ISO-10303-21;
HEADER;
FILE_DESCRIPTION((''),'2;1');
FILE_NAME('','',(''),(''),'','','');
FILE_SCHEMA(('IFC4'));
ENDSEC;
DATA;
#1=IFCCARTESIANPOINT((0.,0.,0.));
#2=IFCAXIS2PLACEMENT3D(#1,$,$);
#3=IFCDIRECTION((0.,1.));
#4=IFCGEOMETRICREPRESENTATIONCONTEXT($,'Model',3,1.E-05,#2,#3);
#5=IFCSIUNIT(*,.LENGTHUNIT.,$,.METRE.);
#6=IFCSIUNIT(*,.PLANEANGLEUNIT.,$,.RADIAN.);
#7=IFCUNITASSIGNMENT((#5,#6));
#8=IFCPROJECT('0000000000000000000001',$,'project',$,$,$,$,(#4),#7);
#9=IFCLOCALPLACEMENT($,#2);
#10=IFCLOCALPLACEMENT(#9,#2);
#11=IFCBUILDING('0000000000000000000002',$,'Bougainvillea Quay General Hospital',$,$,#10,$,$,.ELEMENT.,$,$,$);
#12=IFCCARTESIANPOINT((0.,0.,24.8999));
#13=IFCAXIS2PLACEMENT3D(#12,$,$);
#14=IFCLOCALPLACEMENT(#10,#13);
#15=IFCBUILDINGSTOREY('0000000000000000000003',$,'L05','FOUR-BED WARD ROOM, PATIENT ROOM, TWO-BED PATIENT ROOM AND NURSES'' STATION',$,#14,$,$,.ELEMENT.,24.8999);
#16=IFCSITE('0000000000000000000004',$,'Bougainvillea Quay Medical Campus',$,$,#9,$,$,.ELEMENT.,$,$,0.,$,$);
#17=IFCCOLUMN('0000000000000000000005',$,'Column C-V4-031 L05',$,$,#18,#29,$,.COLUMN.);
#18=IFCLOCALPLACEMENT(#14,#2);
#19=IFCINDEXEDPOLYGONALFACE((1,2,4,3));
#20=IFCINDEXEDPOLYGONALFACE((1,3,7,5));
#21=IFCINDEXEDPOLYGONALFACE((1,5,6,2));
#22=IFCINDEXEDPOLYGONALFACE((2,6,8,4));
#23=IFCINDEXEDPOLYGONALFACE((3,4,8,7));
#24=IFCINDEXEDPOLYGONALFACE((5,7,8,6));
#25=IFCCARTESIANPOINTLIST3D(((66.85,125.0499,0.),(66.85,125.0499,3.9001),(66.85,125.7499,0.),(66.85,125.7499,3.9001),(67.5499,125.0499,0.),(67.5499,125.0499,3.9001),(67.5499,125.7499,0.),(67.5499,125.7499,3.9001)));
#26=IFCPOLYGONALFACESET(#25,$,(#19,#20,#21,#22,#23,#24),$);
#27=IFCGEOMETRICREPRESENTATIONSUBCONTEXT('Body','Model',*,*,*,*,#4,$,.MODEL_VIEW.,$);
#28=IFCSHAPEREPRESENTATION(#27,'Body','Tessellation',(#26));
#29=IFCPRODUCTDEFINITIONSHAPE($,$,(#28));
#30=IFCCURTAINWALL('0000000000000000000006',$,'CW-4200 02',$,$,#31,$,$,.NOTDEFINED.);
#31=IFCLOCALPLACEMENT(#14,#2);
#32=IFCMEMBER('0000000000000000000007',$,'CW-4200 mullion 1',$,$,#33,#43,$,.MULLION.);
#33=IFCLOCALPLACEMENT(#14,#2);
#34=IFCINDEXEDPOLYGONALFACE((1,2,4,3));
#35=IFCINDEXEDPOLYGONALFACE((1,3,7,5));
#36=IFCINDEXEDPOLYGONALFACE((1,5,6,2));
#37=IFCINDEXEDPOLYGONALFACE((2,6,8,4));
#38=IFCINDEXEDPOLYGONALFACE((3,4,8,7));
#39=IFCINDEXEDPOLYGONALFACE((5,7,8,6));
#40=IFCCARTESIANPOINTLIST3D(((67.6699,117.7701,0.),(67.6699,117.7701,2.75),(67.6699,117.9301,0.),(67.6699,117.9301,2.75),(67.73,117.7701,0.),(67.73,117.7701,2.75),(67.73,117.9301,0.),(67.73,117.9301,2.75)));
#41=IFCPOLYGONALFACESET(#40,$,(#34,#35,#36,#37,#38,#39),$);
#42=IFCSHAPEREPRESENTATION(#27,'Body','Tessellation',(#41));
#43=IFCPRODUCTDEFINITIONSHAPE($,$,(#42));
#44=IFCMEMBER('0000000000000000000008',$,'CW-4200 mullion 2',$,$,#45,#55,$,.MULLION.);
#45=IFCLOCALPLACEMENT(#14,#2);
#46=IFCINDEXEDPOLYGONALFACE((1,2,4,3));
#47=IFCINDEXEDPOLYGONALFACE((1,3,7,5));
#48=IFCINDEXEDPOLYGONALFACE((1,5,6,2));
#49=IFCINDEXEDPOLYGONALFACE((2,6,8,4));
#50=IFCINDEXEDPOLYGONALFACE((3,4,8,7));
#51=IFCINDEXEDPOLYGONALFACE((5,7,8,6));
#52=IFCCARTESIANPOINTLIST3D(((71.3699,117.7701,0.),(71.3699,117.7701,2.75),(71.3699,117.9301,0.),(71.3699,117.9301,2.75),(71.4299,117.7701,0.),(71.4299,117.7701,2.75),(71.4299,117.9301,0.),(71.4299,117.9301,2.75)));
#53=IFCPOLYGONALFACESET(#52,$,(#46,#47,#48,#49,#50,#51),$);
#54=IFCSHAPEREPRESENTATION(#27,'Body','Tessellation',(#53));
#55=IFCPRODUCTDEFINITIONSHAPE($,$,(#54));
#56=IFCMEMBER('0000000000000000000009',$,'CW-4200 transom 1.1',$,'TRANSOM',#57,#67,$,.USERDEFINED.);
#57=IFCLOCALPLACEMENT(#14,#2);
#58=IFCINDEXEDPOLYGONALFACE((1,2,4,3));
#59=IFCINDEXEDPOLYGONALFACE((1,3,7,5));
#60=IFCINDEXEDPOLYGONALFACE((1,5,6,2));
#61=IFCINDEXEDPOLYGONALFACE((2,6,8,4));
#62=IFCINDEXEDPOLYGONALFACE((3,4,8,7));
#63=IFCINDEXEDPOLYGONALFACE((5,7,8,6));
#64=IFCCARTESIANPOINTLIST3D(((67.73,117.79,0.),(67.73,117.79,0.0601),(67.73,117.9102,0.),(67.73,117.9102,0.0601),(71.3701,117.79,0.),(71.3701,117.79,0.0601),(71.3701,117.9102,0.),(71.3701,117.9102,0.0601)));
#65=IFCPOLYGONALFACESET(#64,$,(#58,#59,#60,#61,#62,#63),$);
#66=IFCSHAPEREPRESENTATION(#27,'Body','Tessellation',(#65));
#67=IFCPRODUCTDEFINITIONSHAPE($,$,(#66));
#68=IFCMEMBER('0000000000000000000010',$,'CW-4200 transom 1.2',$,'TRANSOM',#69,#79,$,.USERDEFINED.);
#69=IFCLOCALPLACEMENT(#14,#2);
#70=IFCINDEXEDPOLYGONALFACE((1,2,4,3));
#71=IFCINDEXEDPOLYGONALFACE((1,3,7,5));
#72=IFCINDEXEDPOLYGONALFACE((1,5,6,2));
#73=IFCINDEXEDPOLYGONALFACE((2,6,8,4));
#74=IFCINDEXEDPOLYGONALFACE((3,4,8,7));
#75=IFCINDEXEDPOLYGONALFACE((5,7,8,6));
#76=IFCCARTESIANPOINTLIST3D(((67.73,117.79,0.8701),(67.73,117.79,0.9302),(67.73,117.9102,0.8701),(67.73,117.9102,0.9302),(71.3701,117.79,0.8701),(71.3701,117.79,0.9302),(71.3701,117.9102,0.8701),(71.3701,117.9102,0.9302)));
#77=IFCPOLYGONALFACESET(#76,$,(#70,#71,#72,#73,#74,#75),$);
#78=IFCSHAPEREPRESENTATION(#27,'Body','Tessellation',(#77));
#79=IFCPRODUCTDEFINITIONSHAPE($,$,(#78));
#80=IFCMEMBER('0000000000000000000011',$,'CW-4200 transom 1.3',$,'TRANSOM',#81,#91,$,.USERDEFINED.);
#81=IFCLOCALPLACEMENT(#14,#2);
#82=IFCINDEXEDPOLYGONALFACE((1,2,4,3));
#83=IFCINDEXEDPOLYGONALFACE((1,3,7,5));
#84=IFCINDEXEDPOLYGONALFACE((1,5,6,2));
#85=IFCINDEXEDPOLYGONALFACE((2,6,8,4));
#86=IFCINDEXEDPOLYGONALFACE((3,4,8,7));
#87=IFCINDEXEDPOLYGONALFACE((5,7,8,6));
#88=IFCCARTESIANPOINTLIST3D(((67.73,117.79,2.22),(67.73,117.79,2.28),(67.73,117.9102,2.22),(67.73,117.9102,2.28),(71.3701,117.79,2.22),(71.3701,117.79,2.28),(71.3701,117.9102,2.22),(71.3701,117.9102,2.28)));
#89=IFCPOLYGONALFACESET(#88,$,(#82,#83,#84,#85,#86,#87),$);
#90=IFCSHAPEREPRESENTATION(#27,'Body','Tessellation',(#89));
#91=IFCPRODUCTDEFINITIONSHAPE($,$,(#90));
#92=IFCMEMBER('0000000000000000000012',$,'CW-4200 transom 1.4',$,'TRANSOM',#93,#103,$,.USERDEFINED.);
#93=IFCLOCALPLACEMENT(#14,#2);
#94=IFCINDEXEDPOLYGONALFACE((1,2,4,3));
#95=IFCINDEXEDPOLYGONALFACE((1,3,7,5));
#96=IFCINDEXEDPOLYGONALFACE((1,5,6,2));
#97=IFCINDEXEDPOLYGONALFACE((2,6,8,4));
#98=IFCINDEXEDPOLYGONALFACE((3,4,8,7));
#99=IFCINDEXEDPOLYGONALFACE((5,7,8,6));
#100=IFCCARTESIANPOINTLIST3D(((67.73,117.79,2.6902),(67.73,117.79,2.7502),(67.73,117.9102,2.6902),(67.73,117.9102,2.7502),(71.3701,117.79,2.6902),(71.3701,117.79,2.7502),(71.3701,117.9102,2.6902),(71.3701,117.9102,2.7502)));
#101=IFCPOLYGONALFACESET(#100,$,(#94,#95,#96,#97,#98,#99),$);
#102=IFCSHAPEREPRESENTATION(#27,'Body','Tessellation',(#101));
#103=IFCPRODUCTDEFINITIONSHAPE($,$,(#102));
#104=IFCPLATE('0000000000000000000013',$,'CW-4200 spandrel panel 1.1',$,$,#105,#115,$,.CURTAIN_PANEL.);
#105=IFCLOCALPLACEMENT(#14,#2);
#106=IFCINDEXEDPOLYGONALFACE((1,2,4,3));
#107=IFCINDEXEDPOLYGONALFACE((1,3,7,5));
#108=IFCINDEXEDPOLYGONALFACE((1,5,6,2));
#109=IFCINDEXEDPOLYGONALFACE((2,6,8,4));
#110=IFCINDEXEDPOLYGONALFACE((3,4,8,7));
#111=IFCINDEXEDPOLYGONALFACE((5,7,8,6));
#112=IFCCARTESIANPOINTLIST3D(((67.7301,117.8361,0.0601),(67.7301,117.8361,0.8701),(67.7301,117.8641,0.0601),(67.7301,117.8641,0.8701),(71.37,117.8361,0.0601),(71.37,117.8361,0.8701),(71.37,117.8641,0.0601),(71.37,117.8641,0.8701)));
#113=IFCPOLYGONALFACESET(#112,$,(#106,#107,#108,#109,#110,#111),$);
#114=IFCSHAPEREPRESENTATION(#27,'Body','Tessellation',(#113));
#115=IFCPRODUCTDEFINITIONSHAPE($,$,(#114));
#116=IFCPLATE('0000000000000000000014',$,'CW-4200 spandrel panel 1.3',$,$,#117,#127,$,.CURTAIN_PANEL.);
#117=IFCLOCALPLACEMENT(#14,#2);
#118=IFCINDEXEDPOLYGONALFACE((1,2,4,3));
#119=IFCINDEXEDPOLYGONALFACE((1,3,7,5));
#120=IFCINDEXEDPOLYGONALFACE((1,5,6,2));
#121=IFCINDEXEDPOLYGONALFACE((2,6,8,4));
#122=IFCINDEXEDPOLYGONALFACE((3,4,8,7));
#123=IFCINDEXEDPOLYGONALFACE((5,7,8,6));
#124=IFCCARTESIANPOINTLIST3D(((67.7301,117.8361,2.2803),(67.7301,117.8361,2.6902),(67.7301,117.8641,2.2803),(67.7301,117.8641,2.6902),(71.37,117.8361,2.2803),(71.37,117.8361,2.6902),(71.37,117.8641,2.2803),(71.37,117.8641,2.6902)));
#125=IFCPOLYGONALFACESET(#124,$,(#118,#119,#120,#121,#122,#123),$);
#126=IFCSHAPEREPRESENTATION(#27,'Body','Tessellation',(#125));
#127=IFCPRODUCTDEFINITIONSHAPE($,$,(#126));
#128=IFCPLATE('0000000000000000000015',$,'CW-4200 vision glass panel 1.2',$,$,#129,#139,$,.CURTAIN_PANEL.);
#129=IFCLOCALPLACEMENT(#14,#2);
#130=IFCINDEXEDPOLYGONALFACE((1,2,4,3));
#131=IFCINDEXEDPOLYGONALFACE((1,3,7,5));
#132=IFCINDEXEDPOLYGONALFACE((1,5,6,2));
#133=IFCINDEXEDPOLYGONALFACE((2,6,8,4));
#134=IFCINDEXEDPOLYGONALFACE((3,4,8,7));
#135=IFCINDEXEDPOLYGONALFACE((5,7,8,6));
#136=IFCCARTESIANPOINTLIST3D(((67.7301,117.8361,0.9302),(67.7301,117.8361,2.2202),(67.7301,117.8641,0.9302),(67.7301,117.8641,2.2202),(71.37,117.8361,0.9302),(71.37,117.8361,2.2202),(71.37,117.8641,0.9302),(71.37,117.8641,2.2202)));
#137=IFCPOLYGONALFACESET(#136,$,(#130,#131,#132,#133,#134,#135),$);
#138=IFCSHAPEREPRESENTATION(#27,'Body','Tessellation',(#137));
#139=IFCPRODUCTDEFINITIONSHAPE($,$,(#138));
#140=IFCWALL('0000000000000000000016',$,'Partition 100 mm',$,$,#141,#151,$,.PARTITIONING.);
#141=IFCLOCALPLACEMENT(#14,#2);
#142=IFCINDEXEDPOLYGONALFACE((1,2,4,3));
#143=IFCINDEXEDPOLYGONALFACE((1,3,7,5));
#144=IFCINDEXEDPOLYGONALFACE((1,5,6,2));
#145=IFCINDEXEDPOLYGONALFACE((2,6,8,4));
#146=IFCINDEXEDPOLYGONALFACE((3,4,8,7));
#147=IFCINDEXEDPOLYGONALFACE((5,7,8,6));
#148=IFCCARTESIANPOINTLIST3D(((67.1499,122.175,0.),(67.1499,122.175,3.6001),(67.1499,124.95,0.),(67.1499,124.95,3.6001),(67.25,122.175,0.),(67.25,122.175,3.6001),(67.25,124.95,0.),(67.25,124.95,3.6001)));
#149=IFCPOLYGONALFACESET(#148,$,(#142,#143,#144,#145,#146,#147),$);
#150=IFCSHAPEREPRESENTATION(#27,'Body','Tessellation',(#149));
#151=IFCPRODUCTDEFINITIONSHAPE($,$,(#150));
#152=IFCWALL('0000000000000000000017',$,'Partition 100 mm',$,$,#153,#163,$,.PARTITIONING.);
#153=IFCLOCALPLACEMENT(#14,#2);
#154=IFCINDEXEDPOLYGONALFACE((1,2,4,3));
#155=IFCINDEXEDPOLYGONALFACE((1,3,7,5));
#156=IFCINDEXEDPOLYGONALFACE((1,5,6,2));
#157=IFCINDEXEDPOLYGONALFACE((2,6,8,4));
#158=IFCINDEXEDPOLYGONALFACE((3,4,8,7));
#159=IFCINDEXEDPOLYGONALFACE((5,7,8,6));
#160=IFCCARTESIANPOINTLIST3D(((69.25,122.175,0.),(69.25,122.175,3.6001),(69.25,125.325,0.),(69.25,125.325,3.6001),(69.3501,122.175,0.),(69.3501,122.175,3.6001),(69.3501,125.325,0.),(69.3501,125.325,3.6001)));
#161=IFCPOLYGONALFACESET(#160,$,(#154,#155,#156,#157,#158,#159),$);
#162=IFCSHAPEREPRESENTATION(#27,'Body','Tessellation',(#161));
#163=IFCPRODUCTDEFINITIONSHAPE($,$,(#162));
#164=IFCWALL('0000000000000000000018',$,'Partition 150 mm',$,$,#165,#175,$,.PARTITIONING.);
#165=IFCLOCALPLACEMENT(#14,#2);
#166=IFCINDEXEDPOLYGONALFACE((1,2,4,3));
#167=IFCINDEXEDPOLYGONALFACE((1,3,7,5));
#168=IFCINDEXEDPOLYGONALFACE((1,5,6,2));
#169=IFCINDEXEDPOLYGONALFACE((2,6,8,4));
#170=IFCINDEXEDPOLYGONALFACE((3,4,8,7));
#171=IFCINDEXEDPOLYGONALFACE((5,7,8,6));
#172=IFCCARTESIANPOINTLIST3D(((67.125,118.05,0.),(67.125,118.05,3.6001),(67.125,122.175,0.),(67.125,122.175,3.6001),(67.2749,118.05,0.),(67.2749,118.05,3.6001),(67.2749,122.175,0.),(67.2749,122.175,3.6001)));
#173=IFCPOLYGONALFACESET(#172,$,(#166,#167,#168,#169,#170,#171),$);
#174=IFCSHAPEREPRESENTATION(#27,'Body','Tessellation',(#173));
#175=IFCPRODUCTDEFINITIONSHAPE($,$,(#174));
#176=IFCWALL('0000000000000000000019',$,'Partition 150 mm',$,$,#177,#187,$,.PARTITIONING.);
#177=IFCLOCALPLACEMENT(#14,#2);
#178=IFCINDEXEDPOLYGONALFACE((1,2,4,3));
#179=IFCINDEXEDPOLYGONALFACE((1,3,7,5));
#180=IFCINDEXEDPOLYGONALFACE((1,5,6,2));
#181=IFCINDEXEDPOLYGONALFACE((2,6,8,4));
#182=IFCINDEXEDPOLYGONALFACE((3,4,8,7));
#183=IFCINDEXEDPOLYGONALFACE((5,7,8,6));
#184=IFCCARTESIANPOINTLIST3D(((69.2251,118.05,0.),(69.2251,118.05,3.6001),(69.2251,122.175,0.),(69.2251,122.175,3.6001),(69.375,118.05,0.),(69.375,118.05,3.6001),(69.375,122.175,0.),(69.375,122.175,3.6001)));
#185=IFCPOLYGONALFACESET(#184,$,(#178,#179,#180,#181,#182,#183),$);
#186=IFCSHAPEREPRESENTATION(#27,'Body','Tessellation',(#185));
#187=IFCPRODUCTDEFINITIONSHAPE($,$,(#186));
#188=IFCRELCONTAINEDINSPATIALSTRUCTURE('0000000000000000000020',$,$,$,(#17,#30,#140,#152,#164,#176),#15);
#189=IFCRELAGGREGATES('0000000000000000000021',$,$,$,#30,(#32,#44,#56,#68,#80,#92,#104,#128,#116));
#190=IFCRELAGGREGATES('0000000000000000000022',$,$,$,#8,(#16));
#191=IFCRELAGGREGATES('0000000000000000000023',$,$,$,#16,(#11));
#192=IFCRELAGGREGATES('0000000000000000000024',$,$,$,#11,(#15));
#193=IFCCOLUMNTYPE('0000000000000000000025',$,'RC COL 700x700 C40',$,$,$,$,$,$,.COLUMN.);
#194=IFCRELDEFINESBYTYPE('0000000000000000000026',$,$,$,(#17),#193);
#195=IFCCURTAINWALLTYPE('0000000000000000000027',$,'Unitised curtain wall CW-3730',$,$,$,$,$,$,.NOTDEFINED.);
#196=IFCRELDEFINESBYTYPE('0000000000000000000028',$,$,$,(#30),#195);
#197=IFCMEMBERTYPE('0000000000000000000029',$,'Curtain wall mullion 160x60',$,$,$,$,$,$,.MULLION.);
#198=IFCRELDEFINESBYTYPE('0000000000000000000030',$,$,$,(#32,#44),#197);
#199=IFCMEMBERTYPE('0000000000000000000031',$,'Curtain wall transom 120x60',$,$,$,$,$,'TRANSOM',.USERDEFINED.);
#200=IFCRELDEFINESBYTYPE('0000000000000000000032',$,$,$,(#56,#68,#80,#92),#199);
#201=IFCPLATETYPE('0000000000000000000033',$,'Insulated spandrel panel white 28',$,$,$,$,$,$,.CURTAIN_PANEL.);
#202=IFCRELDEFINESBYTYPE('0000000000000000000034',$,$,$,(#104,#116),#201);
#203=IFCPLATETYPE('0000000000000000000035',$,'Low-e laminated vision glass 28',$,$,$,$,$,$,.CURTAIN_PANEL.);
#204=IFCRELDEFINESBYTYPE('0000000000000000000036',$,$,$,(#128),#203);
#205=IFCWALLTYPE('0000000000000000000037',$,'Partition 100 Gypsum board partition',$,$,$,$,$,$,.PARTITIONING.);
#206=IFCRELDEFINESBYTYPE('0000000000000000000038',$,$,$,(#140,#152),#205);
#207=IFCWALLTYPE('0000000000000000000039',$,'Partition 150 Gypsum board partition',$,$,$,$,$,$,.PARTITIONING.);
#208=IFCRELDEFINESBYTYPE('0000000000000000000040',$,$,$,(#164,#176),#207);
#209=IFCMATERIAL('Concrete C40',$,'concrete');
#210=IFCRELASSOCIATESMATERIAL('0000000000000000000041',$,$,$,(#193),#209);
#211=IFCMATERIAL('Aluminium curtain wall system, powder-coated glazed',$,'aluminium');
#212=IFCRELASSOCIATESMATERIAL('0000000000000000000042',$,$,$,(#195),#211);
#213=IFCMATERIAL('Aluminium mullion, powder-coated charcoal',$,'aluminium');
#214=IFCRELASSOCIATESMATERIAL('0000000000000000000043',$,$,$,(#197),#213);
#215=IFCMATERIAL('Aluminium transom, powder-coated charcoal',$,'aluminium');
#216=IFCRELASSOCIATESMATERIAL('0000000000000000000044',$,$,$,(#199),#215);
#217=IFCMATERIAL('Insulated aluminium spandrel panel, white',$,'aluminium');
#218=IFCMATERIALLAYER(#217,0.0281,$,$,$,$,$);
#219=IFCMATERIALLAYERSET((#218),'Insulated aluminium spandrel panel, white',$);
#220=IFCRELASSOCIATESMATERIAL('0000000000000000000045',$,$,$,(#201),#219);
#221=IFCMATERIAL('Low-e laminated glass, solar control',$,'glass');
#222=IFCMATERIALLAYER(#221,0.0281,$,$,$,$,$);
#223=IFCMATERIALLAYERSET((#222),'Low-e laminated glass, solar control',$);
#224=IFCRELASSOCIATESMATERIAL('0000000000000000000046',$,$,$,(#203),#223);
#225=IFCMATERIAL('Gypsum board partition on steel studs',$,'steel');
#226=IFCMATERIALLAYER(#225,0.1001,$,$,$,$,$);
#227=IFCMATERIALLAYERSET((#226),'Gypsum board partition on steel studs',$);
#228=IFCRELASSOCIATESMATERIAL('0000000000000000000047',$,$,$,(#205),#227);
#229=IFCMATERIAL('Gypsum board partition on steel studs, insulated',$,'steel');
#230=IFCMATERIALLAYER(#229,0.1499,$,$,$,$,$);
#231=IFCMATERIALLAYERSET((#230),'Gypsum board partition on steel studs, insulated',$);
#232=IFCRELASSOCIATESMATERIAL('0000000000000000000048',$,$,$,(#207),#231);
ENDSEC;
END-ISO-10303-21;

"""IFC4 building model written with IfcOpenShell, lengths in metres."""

from ifc_helpers import new_model, si_unit, direction, frame, frame_2d, origin, origin_2d, place, context, subcontext, project, spatial, rectangle, extrude, material, layer, layer_set, material_profile, profile_set, type_object, element, aggregate, save


model = new_model("IFC4")

# Units and contexts
model_context = context("Model", 3, precision=1e-05, world=origin(), true_north=direction((0.0, 1.0)))
body_context = subcontext(model_context, "Body", "Model", "MODEL_VIEW")
ifc_project = project(units=[si_unit("LENGTHUNIT", "METRE"), si_unit("PLANEANGLEUNIT", "RADIAN")], contexts=[model_context])

# Site, building, storey
site_placement = place(None, origin())
site = spatial("IfcSite", under=ifc_project, at=site_placement, Name="Bougainvillea Quay Medical Campus", CompositionType="ELEMENT", RefElevation=0.0)
building_placement = place(site_placement, origin())
building = spatial("IfcBuilding", under=site, at=building_placement, Name="Bougainvillea Quay General Hospital", CompositionType="ELEMENT")
storey_placement = place(building_placement, frame((0.0, 0.0, 24.8999)))
storey = spatial("IfcBuildingStorey", under=building, at=storey_placement, Name="L05", Description="FOUR-BED WARD ROOM, PATIENT ROOM, TWO-BED PATIENT ROOM AND NURSES' STATION", CompositionType="ELEMENT", Elevation=24.8999)

# Column
ifc_material_1 = material(Name="Concrete C40", Category="concrete")
ifc_material_profile_1 = material_profile(ifc_material_1, rectangle(XDim=0.7, YDim=0.7, at=origin_2d()))
ifc_profile_set_1 = profile_set([ifc_material_profile_1], Name="Concrete C40")
column_type = type_object("IfcColumnType", Name="RC COL 700x700 C40", PredefinedType="COLUMN", material=ifc_profile_set_1)
column_placement = place(storey_placement, frame((67.2, 125.3999, 0.0), z_axis=(0.0, 0.0, 1.0), x_axis=(1.0, 0.0, 0.0)))
element("IfcColumn", 1, at=column_placement, inside=storey, type_object=column_type, Name="Column C-V4-031 L05", PredefinedType="COLUMN", context=body_context, shape_type="SweptSolid", body=[
    extrude(rectangle(XDim=0.7, YDim=0.7, at=origin_2d()), origin(), (0.0, 0.0, 1.0), 3.9001),
])

# Curtain wall, members, plates
ifc_material_2 = material(Name="Aluminium curtain wall system, powder-coated glazed", Category="aluminium")
curtain_wall_type = type_object("IfcCurtainWallType", Name="Unitised curtain wall CW-3730", PredefinedType="NOTDEFINED", material=ifc_material_2)
curtain_wall_placement = place(storey_placement, origin())
curtain_wall = element("IfcCurtainWall", 2, at=curtain_wall_placement, inside=storey, type_object=curtain_wall_type, Name="CW-4200 02", PredefinedType="NOTDEFINED")
ifc_material_3 = material(Name="Aluminium mullion, powder-coated charcoal", Category="aluminium")
ifc_material_profile_2 = material_profile(ifc_material_3, rectangle(XDim=0.1599, YDim=0.0601, at=origin_2d()))
ifc_profile_set_2 = profile_set([ifc_material_profile_2], Name="Aluminium mullion, powder-coated charcoal")
member_type_1 = type_object("IfcMemberType", Name="Curtain wall mullion 160x60", PredefinedType="MULLION", material=ifc_profile_set_2)
member_1_placement = place(storey_placement, frame((67.7, 117.8501, 0.0), z_axis=(0.0, 0.0, 1.0), x_axis=(0.0, 1.0, 0.0)))
member_1 = element("IfcMember", 3, at=member_1_placement, type_object=member_type_1, Name="CW-4200 mullion 1", PredefinedType="MULLION", context=body_context, shape_type="SweptSolid", body=[
    extrude(rectangle(XDim=0.1599, YDim=0.0601, at=origin_2d()), origin(), (0.0, 0.0, 1.0), 2.75),
])
member_2_placement = place(storey_placement, frame((71.3999, 117.8501, 0.0), z_axis=(0.0, 0.0, 1.0), x_axis=(0.0, 1.0, 0.0)))
member_2 = element("IfcMember", 4, at=member_2_placement, type_object=member_type_1, Name="CW-4200 mullion 2", PredefinedType="MULLION", context=body_context, shape_type="SweptSolid", body=[
    extrude(rectangle(XDim=0.1599, YDim=0.0601, at=origin_2d()), origin(), (0.0, 0.0, 1.0), 2.75),
])
ifc_material_4 = material(Name="Aluminium transom, powder-coated charcoal", Category="aluminium")
ifc_material_profile_3 = material_profile(ifc_material_4, rectangle(XDim=0.1201, YDim=0.0601, at=origin_2d()))
ifc_profile_set_3 = profile_set([ifc_material_profile_3], Name="Aluminium transom, powder-coated charcoal")
member_type_2 = type_object("IfcMemberType", Name="Curtain wall transom 120x60", ElementType="TRANSOM", PredefinedType="USERDEFINED", material=ifc_profile_set_3)
member_3_placement = place(storey_placement, frame((67.73, 117.8501, 0.03), z_axis=(1.0, 0.0, 0.0), x_axis=(0.0, 1.0, 0.0)))
member_3 = element("IfcMember", 5, at=member_3_placement, type_object=member_type_2, Name="CW-4200 transom 1.1", ObjectType="TRANSOM", PredefinedType="USERDEFINED", context=body_context, shape_type="SweptSolid", body=[
    extrude(rectangle(XDim=0.1201, YDim=0.0601, at=origin_2d()), origin(), (0.0, 0.0, 1.0), 3.6401),
])
member_4_placement = place(storey_placement, frame((67.73, 117.8501, 0.9001), z_axis=(1.0, 0.0, 0.0), x_axis=(0.0, 1.0, 0.0)))
member_4 = element("IfcMember", 6, at=member_4_placement, type_object=member_type_2, Name="CW-4200 transom 1.2", ObjectType="TRANSOM", PredefinedType="USERDEFINED", context=body_context, shape_type="SweptSolid", body=[
    extrude(rectangle(XDim=0.1201, YDim=0.0601, at=origin_2d()), origin(), (0.0, 0.0, 1.0), 3.6401),
])
member_5_placement = place(storey_placement, frame((67.73, 117.8501, 2.25), z_axis=(1.0, 0.0, 0.0), x_axis=(0.0, 1.0, 0.0)))
member_5 = element("IfcMember", 7, at=member_5_placement, type_object=member_type_2, Name="CW-4200 transom 1.3", ObjectType="TRANSOM", PredefinedType="USERDEFINED", context=body_context, shape_type="SweptSolid", body=[
    extrude(rectangle(XDim=0.1201, YDim=0.0601, at=origin_2d()), origin(), (0.0, 0.0, 1.0), 3.6401),
])
member_6_placement = place(storey_placement, frame((67.73, 117.8501, 2.7202), z_axis=(1.0, 0.0, 0.0), x_axis=(0.0, 1.0, 0.0)))
member_6 = element("IfcMember", 8, at=member_6_placement, type_object=member_type_2, Name="CW-4200 transom 1.4", ObjectType="TRANSOM", PredefinedType="USERDEFINED", context=body_context, shape_type="SweptSolid", body=[
    extrude(rectangle(XDim=0.1201, YDim=0.0601, at=origin_2d()), origin(), (0.0, 0.0, 1.0), 3.6401),
])
ifc_material_5 = material(Name="Insulated aluminium spandrel panel, white", Category="aluminium")
ifc_layer_1 = layer(ifc_material_5, 0.0281)
ifc_layer_set_1 = layer_set([ifc_layer_1], Name="Insulated aluminium spandrel panel, white")
plate_type_1 = type_object("IfcPlateType", Name="Insulated spandrel panel white 28", PredefinedType="CURTAIN_PANEL", material=ifc_layer_set_1)
plate_1_placement = place(storey_placement, frame((69.55, 117.8501, 0.0601), z_axis=(0.0, 0.0, 1.0), x_axis=(1.0, 0.0, 0.0)))
plate_1 = element("IfcPlate", 9, at=plate_1_placement, type_object=plate_type_1, Name="CW-4200 spandrel panel 1.1", PredefinedType="CURTAIN_PANEL", context=body_context, shape_type="SweptSolid", body=[
    extrude(rectangle(XDim=3.6399, YDim=0.0281, at=origin_2d()), origin(), (0.0, 0.0, 1.0), 0.8101),
])
plate_2_placement = place(storey_placement, frame((69.55, 117.8501, 2.2803), z_axis=(0.0, 0.0, 1.0), x_axis=(1.0, 0.0, 0.0)))
plate_2 = element("IfcPlate", 10, at=plate_2_placement, type_object=plate_type_1, Name="CW-4200 spandrel panel 1.3", PredefinedType="CURTAIN_PANEL", context=body_context, shape_type="SweptSolid", body=[
    extrude(rectangle(XDim=3.6399, YDim=0.0281, at=origin_2d()), origin(), (0.0, 0.0, 1.0), 0.4099),
])
ifc_material_6 = material(Name="Low-e laminated glass, solar control", Category="glass")
ifc_layer_2 = layer(ifc_material_6, 0.0281)
ifc_layer_set_2 = layer_set([ifc_layer_2], Name="Low-e laminated glass, solar control")
plate_type_2 = type_object("IfcPlateType", Name="Low-e laminated vision glass 28", PredefinedType="CURTAIN_PANEL", material=ifc_layer_set_2)
plate_3_placement = place(storey_placement, frame((69.55, 117.8501, 0.9302), z_axis=(0.0, 0.0, 1.0), x_axis=(1.0, 0.0, 0.0)))
plate_3 = element("IfcPlate", 11, at=plate_3_placement, type_object=plate_type_2, Name="CW-4200 vision glass panel 1.2", PredefinedType="CURTAIN_PANEL", context=body_context, shape_type="SweptSolid", body=[
    extrude(rectangle(XDim=3.6399, YDim=0.0281, at=origin_2d()), origin(), (0.0, 0.0, 1.0), 1.29),
])
aggregate(curtain_wall, [member_1, member_2, member_3, member_4, member_5, member_6, plate_1, plate_3, plate_2])

# Walls
ifc_material_7 = material(Name="Gypsum board partition on steel studs", Category="steel")
ifc_layer_3 = layer(ifc_material_7, 0.1001)
ifc_layer_set_3 = layer_set([ifc_layer_3], Name="Gypsum board partition on steel studs")
wall_type_1 = type_object("IfcWallType", Name="Partition 100 Gypsum board partition", PredefinedType="PARTITIONING", material=ifc_layer_set_3)
wall_1_placement = place(storey_placement, frame((67.2, 122.175, 0.0), z_axis=(0.0, 0.0, 1.0), x_axis=(0.0, 1.0, 0.0)))
element("IfcWall", 12, at=wall_1_placement, inside=storey, type_object=wall_type_1, Name="Partition 100 mm", PredefinedType="PARTITIONING", context=body_context, shape_type="SweptSolid", body=[
    extrude(rectangle(XDim=2.7749, YDim=0.1001, at=frame_2d((1.3875, 0.0))), origin(), (0.0, 0.0, 1.0), 3.6001),
])
wall_2_placement = place(storey_placement, frame((69.3, 122.175, 0.0), z_axis=(0.0, 0.0, 1.0), x_axis=(0.0, 1.0, 0.0)))
element("IfcWall", 13, at=wall_2_placement, inside=storey, type_object=wall_type_1, Name="Partition 100 mm", PredefinedType="PARTITIONING", context=body_context, shape_type="SweptSolid", body=[
    extrude(rectangle(XDim=3.1499, YDim=0.1001, at=frame_2d((1.575, 0.0))), origin(), (0.0, 0.0, 1.0), 3.6001),
])
ifc_material_8 = material(Name="Gypsum board partition on steel studs, insulated", Category="steel")
ifc_layer_4 = layer(ifc_material_8, 0.1499)
ifc_layer_set_4 = layer_set([ifc_layer_4], Name="Gypsum board partition on steel studs, insulated")
wall_type_2 = type_object("IfcWallType", Name="Partition 150 Gypsum board partition", PredefinedType="PARTITIONING", material=ifc_layer_set_4)
for number, where, z_axis, x_axis, name in (
    (14, (67.2, 118.05, 0.0), (0.0, 0.0, 1.0), (0.0, 1.0, 0.0), "Partition 150 mm"),
    (15, (69.3, 118.05, 0.0), (0.0, 0.0, 1.0), (0.0, 1.0, 0.0), "Partition 150 mm"),
):
    element("IfcWall", number, at=place(storey_placement, frame(where, z_axis=z_axis, x_axis=x_axis)), inside=storey, type_object=wall_type_2, Name=name, PredefinedType="PARTITIONING", context=body_context, shape_type="SweptSolid", body=[
        extrude(rectangle(XDim=4.125, YDim=0.1499, at=frame_2d((2.0625, 0.0))), origin(), (0.0, 0.0, 1.0), 3.6001),
    ])

save(model, "model.ifc")
